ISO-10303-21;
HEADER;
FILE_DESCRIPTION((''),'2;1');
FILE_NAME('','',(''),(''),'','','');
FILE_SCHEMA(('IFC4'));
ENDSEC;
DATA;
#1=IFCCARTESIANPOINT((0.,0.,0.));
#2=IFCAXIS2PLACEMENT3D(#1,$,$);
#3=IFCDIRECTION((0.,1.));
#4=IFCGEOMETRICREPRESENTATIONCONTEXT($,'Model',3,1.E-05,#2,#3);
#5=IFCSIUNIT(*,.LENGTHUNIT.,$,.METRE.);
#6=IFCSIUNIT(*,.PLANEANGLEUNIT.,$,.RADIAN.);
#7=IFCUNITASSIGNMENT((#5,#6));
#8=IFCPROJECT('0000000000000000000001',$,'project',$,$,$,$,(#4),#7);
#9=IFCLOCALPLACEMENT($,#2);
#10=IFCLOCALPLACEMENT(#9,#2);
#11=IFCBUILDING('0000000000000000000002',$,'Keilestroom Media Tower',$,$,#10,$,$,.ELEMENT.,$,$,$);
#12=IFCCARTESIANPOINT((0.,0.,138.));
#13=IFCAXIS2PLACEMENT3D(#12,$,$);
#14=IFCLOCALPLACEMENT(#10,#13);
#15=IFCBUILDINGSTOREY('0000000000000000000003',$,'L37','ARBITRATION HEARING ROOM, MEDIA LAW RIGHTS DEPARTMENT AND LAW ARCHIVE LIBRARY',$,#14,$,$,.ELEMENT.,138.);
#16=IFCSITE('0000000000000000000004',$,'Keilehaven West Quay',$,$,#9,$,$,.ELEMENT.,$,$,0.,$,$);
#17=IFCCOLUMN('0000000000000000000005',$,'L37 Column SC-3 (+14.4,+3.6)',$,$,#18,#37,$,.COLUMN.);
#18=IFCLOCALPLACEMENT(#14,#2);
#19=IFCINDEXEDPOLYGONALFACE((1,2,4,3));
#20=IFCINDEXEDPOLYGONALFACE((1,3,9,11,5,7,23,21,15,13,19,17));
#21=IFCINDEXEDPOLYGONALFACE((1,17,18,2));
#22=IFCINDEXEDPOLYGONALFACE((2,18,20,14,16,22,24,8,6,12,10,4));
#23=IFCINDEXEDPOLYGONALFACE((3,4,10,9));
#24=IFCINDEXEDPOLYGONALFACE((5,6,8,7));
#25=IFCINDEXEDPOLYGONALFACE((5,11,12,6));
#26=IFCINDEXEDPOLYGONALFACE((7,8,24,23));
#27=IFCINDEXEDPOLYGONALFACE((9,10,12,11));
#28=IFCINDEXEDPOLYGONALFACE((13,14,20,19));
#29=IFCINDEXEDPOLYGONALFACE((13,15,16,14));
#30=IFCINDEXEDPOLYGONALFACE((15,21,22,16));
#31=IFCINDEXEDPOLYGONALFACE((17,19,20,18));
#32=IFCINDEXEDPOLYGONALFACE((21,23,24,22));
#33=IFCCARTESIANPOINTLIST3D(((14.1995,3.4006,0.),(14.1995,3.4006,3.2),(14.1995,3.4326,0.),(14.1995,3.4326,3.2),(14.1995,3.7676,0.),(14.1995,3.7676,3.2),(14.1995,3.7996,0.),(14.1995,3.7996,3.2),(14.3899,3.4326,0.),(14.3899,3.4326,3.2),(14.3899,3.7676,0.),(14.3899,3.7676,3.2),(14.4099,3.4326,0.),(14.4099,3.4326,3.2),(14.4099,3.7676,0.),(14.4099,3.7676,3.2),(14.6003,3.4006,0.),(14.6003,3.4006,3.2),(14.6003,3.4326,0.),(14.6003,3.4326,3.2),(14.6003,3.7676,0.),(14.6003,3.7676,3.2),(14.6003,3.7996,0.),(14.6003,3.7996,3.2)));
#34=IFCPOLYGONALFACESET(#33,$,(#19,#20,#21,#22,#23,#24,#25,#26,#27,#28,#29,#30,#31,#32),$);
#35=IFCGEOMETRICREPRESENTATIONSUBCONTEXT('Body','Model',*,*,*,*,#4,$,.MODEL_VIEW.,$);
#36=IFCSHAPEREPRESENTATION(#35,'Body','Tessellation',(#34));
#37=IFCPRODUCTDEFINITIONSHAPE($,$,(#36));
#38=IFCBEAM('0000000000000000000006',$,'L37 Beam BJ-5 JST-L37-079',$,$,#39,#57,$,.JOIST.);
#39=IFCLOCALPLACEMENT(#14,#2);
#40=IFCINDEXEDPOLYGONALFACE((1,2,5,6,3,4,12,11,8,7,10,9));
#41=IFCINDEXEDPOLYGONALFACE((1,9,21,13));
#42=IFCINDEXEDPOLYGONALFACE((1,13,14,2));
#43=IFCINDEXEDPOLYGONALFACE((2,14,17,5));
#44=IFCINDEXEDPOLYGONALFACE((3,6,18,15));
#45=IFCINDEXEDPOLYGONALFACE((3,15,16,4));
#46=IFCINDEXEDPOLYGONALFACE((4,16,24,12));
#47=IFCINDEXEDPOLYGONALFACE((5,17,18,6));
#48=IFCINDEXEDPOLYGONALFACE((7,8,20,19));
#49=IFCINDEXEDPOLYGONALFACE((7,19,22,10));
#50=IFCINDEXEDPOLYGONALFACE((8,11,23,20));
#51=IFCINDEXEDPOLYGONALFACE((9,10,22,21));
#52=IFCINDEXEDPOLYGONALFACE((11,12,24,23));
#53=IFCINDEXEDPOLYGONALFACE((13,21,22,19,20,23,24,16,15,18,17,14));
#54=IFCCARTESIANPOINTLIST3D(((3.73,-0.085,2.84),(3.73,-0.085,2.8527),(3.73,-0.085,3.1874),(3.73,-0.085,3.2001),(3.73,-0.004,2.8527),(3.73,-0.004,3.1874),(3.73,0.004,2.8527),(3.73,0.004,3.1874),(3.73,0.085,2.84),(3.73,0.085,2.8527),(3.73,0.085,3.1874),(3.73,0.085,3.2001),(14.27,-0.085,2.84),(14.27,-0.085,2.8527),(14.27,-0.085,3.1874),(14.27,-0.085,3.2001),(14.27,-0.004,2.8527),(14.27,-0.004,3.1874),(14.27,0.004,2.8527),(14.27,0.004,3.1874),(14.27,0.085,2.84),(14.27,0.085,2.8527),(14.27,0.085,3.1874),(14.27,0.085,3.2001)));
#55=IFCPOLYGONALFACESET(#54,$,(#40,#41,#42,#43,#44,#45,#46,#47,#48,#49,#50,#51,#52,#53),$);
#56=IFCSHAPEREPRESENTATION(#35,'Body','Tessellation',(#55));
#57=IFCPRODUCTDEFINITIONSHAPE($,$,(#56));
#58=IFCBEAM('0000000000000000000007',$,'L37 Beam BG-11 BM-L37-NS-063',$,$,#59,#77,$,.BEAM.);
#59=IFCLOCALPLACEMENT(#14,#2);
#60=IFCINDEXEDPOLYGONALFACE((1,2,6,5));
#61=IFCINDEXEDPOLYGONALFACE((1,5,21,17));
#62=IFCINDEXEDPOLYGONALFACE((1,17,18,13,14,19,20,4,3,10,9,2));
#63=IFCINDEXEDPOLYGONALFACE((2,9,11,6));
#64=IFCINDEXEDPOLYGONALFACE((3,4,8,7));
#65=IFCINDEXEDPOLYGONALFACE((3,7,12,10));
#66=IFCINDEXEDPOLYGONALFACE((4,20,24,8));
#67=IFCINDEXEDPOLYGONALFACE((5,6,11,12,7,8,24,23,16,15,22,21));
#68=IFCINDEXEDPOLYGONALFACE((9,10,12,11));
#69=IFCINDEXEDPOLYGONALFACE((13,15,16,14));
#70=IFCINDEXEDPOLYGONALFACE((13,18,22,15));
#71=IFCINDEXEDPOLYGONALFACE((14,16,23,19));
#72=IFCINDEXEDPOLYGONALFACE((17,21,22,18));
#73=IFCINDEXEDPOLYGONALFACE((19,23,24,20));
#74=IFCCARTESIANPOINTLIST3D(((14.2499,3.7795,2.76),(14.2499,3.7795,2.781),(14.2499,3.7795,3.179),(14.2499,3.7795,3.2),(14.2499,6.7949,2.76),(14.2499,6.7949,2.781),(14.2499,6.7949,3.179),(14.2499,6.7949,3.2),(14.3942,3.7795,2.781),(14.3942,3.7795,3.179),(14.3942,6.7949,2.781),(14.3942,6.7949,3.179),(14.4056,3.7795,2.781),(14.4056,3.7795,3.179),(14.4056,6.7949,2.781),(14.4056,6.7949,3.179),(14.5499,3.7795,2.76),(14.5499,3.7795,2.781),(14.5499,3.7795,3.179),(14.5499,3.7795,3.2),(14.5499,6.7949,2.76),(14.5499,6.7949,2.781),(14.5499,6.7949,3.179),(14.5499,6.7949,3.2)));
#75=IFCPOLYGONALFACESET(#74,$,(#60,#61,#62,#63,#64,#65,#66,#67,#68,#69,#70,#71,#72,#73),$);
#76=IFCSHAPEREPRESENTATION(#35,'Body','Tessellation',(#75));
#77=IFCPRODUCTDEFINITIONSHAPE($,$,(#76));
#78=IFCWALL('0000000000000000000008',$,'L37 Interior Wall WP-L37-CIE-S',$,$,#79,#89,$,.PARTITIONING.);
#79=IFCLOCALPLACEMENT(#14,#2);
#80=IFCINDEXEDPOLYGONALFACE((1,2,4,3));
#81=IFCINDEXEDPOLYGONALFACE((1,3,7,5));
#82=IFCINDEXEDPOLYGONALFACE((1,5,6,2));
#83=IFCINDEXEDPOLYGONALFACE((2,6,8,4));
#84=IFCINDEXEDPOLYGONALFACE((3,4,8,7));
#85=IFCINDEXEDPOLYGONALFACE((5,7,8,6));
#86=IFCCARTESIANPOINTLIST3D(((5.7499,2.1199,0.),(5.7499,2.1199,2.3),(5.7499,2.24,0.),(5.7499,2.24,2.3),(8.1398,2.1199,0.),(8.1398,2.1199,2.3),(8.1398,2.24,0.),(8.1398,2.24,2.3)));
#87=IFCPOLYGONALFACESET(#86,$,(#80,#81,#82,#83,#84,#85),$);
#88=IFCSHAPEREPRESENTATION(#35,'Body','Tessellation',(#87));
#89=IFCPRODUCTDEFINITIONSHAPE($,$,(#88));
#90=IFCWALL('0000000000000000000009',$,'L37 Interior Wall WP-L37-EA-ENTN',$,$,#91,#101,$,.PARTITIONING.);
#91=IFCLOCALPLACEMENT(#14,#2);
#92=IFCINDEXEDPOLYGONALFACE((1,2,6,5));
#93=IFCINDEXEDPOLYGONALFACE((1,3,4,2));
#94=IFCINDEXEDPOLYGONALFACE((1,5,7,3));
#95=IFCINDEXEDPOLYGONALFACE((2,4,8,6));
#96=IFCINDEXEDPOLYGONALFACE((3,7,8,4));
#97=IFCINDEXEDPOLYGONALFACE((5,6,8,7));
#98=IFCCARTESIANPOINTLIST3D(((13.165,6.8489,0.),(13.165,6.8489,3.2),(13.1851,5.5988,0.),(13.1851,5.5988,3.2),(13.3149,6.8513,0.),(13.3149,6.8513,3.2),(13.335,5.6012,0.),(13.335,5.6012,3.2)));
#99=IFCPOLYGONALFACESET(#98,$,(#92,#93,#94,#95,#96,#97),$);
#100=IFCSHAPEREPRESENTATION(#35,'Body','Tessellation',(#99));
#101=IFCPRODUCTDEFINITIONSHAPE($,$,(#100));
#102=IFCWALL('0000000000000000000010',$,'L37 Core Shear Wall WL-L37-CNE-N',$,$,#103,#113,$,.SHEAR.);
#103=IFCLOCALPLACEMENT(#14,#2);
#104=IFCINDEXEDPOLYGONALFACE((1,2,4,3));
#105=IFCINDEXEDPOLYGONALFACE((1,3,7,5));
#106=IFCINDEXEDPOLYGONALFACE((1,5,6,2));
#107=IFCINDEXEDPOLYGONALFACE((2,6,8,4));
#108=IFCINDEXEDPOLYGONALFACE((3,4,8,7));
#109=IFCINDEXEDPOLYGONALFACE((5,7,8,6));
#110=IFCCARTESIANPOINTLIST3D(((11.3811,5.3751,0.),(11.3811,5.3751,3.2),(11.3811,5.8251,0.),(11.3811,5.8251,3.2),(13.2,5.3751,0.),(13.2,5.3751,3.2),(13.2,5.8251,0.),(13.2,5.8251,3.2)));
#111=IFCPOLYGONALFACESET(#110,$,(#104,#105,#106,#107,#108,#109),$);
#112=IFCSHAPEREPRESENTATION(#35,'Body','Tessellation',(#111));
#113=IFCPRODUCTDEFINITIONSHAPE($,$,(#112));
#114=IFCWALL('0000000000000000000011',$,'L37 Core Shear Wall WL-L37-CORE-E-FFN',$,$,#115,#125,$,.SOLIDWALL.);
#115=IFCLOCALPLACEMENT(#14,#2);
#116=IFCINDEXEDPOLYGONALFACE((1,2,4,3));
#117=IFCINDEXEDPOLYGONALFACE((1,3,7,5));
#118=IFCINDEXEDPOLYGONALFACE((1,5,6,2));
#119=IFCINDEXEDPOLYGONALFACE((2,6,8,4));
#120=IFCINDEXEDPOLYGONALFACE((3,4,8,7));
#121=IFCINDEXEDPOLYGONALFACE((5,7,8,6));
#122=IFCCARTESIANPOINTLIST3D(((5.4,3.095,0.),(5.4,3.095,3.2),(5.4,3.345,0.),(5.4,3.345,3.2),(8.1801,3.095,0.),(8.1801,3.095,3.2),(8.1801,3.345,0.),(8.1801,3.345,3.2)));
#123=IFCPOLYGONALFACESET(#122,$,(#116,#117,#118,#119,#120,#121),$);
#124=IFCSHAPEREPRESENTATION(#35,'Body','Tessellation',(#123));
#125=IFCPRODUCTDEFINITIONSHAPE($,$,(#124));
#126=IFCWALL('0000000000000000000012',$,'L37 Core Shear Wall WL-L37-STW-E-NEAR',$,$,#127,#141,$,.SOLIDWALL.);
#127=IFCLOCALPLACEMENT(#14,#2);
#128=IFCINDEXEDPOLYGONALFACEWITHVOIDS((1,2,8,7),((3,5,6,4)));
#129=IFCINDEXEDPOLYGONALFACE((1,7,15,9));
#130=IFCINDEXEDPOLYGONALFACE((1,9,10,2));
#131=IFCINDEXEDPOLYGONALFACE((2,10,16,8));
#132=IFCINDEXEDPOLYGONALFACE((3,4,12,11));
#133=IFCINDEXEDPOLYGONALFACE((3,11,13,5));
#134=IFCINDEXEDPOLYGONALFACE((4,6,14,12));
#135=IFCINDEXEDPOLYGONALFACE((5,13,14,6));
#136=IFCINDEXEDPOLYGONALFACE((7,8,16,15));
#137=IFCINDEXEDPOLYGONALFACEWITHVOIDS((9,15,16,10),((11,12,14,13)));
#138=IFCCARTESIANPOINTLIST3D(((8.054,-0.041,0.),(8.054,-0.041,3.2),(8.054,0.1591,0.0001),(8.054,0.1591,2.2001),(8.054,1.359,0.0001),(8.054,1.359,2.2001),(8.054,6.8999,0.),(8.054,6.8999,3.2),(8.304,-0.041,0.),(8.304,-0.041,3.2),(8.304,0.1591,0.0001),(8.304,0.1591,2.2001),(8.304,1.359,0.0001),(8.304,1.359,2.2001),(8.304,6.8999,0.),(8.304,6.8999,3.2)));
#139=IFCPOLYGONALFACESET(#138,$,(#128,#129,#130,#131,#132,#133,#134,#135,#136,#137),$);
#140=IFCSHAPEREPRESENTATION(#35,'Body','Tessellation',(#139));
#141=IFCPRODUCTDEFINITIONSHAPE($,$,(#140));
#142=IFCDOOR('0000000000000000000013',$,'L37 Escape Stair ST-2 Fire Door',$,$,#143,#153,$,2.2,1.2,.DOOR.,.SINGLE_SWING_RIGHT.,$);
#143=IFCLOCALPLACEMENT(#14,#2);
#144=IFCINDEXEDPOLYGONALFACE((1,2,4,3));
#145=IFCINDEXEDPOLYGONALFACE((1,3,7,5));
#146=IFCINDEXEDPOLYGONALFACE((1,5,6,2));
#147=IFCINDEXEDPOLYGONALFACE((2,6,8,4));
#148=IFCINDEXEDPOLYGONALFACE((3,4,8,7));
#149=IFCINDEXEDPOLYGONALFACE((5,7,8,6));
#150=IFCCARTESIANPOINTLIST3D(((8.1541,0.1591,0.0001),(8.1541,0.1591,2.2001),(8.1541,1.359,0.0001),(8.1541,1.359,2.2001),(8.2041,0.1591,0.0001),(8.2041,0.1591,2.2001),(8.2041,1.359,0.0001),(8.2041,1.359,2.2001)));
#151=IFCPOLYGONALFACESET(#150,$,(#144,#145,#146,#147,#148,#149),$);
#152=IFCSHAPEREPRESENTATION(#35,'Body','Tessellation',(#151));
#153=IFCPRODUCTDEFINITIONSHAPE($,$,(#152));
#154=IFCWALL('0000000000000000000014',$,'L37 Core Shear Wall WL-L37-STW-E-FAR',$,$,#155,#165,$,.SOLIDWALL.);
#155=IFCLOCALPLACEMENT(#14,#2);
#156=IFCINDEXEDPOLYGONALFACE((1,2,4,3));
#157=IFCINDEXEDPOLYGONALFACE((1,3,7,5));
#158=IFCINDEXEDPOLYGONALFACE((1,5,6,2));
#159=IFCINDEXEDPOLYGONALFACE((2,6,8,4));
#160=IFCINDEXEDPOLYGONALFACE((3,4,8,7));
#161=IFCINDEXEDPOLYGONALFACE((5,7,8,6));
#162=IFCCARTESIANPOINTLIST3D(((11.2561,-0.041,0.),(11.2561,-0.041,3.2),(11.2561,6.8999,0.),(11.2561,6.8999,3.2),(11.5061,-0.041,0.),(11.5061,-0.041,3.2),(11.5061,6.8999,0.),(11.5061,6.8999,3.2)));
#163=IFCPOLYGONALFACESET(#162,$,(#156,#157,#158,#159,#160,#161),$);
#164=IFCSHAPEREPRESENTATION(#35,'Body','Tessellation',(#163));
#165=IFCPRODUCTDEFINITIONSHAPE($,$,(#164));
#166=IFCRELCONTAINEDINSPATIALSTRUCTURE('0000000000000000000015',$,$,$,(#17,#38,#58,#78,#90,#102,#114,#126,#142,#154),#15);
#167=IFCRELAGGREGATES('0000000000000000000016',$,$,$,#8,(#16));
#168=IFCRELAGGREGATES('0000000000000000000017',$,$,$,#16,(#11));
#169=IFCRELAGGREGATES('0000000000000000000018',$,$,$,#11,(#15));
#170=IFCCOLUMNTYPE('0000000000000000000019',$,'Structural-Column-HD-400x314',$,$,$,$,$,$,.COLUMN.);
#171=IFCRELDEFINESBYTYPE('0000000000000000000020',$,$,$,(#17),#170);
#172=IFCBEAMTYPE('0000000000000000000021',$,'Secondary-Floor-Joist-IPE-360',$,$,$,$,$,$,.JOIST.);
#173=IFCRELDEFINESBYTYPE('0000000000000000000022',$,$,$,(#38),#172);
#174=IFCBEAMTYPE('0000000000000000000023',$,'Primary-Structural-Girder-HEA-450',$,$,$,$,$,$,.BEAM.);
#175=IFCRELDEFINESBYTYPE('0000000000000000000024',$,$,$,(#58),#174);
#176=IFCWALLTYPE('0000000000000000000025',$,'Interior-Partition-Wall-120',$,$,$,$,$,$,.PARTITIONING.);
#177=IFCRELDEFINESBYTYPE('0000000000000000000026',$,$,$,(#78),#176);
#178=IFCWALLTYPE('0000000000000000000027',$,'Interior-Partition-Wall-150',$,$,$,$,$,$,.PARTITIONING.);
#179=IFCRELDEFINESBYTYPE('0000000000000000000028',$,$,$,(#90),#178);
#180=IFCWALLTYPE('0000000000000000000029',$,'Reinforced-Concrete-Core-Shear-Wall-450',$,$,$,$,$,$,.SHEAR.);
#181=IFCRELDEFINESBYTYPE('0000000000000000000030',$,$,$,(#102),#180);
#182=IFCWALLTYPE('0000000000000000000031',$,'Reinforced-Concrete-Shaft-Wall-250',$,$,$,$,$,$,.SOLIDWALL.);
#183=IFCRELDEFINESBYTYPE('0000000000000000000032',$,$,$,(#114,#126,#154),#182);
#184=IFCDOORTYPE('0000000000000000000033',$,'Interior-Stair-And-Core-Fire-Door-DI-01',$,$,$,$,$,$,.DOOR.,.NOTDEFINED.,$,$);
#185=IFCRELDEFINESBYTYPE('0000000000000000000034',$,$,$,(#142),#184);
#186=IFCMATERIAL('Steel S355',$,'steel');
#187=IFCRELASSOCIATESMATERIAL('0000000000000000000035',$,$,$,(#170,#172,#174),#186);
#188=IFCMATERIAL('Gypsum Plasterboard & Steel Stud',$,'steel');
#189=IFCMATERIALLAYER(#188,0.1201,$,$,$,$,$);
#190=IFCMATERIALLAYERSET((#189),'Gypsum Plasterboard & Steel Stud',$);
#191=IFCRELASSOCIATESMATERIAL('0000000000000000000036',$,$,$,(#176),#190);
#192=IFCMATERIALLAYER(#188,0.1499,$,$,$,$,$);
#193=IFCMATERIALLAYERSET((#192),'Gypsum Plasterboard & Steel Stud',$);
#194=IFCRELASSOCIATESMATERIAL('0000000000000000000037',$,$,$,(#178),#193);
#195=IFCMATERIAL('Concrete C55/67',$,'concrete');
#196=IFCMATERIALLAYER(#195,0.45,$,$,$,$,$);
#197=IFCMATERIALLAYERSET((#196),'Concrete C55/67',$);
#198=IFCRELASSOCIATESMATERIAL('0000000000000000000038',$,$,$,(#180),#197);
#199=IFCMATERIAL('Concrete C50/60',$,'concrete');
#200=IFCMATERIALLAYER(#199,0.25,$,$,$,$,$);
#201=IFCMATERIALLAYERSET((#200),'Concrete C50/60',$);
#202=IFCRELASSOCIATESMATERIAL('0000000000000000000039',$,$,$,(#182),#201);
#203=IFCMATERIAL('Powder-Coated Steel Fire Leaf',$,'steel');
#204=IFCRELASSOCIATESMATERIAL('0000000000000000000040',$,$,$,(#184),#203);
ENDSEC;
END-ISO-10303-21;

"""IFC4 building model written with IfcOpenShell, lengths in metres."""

from ifc_helpers import new_model, si_unit, direction, frame, frame_2d, origin, origin_2d, place, context, subcontext, project, spatial, rectangle, i_section, extrude, source, transform, mapped, material, layer, layer_set, material_profile, profile_set, type_object, element, fill, save


model = new_model("IFC4")

# Units and contexts
model_context = context("Model", 3, precision=1e-05, world=origin(), true_north=direction((0.0, 1.0)))
body_context = subcontext(model_context, "Body", "Model", "MODEL_VIEW")
ifc_project = project(units=[si_unit("LENGTHUNIT", "METRE"), si_unit("PLANEANGLEUNIT", "RADIAN")], contexts=[model_context])

# Site, building, storey
site_placement = place(None, origin())
site = spatial("IfcSite", under=ifc_project, at=site_placement, Name="Keilehaven West Quay", CompositionType="ELEMENT", RefElevation=0.0)
building_placement = place(site_placement, origin())
building = spatial("IfcBuilding", under=site, at=building_placement, Name="Keilestroom Media Tower", CompositionType="ELEMENT")
storey_placement = place(building_placement, frame((0.0, 0.0, 138.0)))
storey = spatial("IfcBuildingStorey", under=building, at=storey_placement, Name="L37", Description="ARBITRATION HEARING ROOM, MEDIA LAW RIGHTS DEPARTMENT AND LAW ARCHIVE LIBRARY", CompositionType="ELEMENT", Elevation=138.0)

# Column
ifc_material_1 = material(Name="Steel S355", Category="steel")
ifc_material_profile_1 = material_profile(ifc_material_1, i_section(OverallWidth=0.4009, OverallDepth=0.3989, WebThickness=0.02, FlangeThickness=0.032, at=origin_2d()), Name="HD 400x314")
ifc_profile_set_1 = profile_set([ifc_material_profile_1], Name="Steel S355")
column_type = type_object("IfcColumnType", Name="Structural-Column-HD-400x314", PredefinedType="COLUMN", material=ifc_profile_set_1)
shared_shape_1 = source(origin(), body_context, "Body", "SweptSolid", [
    extrude(i_section(OverallWidth=0.4009, OverallDepth=0.3989, WebThickness=0.02, FlangeThickness=0.032, at=origin_2d()), origin(), (0.0, 0.0, 1.0), 3.2),
])
column_placement = place(storey_placement, frame((14.3999, 3.6001, 0.0), z_axis=(0.0, 0.0, 1.0), x_axis=(1.0, 0.0, 0.0)))
element("IfcColumn", 1, at=column_placement, inside=storey, type_object=column_type, Name="L37 Column SC-3 (+14.4,+3.6)", PredefinedType="COLUMN", context=body_context, shape_type="MappedRepresentation", body=[
    mapped(shared_shape_1, transform((0.0, 0.0, 0.0), x_axis=(1.0, 0.0, 0.0), y_axis=(0.0, 1.0, 0.0), z_axis=(0.0, 0.0, 1.0), scale=1.0)),
])

# Beams
ifc_material_profile_2 = material_profile(ifc_material_1, i_section(OverallWidth=0.1699, OverallDepth=0.3601, WebThickness=0.0081, FlangeThickness=0.0127, at=origin_2d()), Name="IPE 360")
ifc_profile_set_2 = profile_set([ifc_material_profile_2], Name="Steel S355")
beam_type_1 = type_object("IfcBeamType", Name="Secondary-Floor-Joist-IPE-360", PredefinedType="JOIST", material=ifc_profile_set_2)
shared_shape_2 = source(origin(), body_context, "Body", "SweptSolid", [
    extrude(i_section(OverallWidth=0.1699, OverallDepth=0.3601, WebThickness=0.0081, FlangeThickness=0.0127, at=origin_2d()), origin(), (0.0, 0.0, 1.0), 10.54),
])
beam_1_placement = place(storey_placement, frame((3.73, 0.0, 3.02), z_axis=(1.0, 0.0, 0.0), x_axis=(0.0, 1.0, 0.0)))
element("IfcBeam", 2, at=beam_1_placement, inside=storey, type_object=beam_type_1, Name="L37 Beam BJ-5 JST-L37-079", PredefinedType="JOIST", context=body_context, shape_type="MappedRepresentation", body=[
    mapped(shared_shape_2, transform((0.0, 0.0, 0.0), x_axis=(1.0, 0.0, 0.0), y_axis=(0.0, 1.0, 0.0), z_axis=(0.0, 0.0, 1.0), scale=1.0)),
])
ifc_material_profile_3 = material_profile(ifc_material_1, i_section(OverallWidth=0.3, OverallDepth=0.4399, WebThickness=0.0115, FlangeThickness=0.021, at=origin_2d()), Name="HEA 450")
ifc_profile_set_3 = profile_set([ifc_material_profile_3], Name="Steel S355")
beam_type_2 = type_object("IfcBeamType", Name="Primary-Structural-Girder-HEA-450", PredefinedType="BEAM", material=ifc_profile_set_3)
shared_shape_3 = source(origin(), body_context, "Body", "SweptSolid", [
    extrude(i_section(OverallWidth=0.3, OverallDepth=0.4399, WebThickness=0.0115, FlangeThickness=0.021, at=origin_2d()), origin(), (0.0, 0.0, 1.0), 3.0154),
])
beam_2_placement = place(storey_placement, frame((14.3999, 3.7795, 2.98), z_axis=(0.0, 1.0, 0.0), x_axis=(-1.0, 0.0, 0.0)))
element("IfcBeam", 3, at=beam_2_placement, inside=storey, type_object=beam_type_2, Name="L37 Beam BG-11 BM-L37-NS-063", PredefinedType="BEAM", context=body_context, shape_type="MappedRepresentation", body=[
    mapped(shared_shape_3, transform((0.0, 0.0, 0.0), x_axis=(1.0, 0.0, 0.0), y_axis=(0.0, 1.0, 0.0), z_axis=(0.0, 0.0, 1.0), scale=1.0)),
])

# Walls
ifc_material_2 = material(Name="Gypsum Plasterboard & Steel Stud", Category="steel")
ifc_layer_1 = layer(ifc_material_2, 0.1201)
ifc_layer_set_1 = layer_set([ifc_layer_1], Name="Gypsum Plasterboard & Steel Stud")
wall_type_1 = type_object("IfcWallType", Name="Interior-Partition-Wall-120", PredefinedType="PARTITIONING", material=ifc_layer_set_1)
wall_1_placement = place(storey_placement, frame((5.75, 2.1799, 0.0), z_axis=(0.0, 0.0, 1.0), x_axis=(1.0, 0.0, 0.0)))
element("IfcWall", 4, at=wall_1_placement, inside=storey, type_object=wall_type_1, Name="L37 Interior Wall WP-L37-CIE-S", PredefinedType="PARTITIONING", context=body_context, shape_type="SweptSolid", body=[
    extrude(rectangle(XDim=2.3899, YDim=0.1201, at=frame_2d((1.1948, 0.0))), origin(), (0.0, 0.0, 1.0), 2.3),
])
ifc_layer_2 = layer(ifc_material_2, 0.1499)
ifc_layer_set_2 = layer_set([ifc_layer_2], Name="Gypsum Plasterboard & Steel Stud")
wall_type_2 = type_object("IfcWallType", Name="Interior-Partition-Wall-150", PredefinedType="PARTITIONING", material=ifc_layer_set_2)
wall_2_placement = place(storey_placement, frame((13.26, 5.6001, 0.0), z_axis=(0.0, 0.0, 1.0), x_axis=(-0.016014, 0.999872, 0.0)))
element("IfcWall", 5, at=wall_2_placement, inside=storey, type_object=wall_type_2, Name="L37 Interior Wall WP-L37-EA-ENTN", PredefinedType="PARTITIONING", context=body_context, shape_type="SweptSolid", body=[
    extrude(rectangle(XDim=1.2502, YDim=0.1499, at=frame_2d((0.625, 0.0))), origin(), (0.0, 0.0, 1.0), 3.2),
])
ifc_material_3 = material(Name="Concrete C55/67", Category="concrete")
ifc_layer_3 = layer(ifc_material_3, 0.45)
ifc_layer_set_3 = layer_set([ifc_layer_3], Name="Concrete C55/67")
wall_type_3 = type_object("IfcWallType", Name="Reinforced-Concrete-Core-Shear-Wall-450", PredefinedType="SHEAR", material=ifc_layer_set_3)
wall_3_placement = place(storey_placement, frame((11.3811, 5.6001, 0.0), z_axis=(0.0, 0.0, 1.0), x_axis=(1.0, 0.0, 0.0)))
element("IfcWall", 6, at=wall_3_placement, inside=storey, type_object=wall_type_3, Name="L37 Core Shear Wall WL-L37-CNE-N", PredefinedType="SHEAR", context=body_context, shape_type="SweptSolid", body=[
    extrude(rectangle(XDim=1.8188, YDim=0.45, at=frame_2d((0.9094, 0.0))), origin(), (0.0, 0.0, 1.0), 3.2),
])
ifc_material_4 = material(Name="Concrete C50/60", Category="concrete")
ifc_layer_4 = layer(ifc_material_4, 0.25)
ifc_layer_set_4 = layer_set([ifc_layer_4], Name="Concrete C50/60")
wall_type_4 = type_object("IfcWallType", Name="Reinforced-Concrete-Shaft-Wall-250", PredefinedType="SOLIDWALL", material=ifc_layer_set_4)
wall_4_placement = place(storey_placement, frame((5.3999, 3.22, 0.0), z_axis=(0.0, 0.0, 1.0), x_axis=(1.0, 0.0, 0.0)))
element("IfcWall", 7, at=wall_4_placement, inside=storey, type_object=wall_type_4, Name="L37 Core Shear Wall WL-L37-CORE-E-FFN", PredefinedType="SOLIDWALL", context=body_context, shape_type="SweptSolid", body=[
    extrude(rectangle(XDim=2.78, YDim=0.25, at=frame_2d((1.3901, 0.0))), origin(), (0.0, 0.0, 1.0), 3.2),
])

# Wall, opening, door
wall_5_placement = place(storey_placement, frame((8.179, -0.041, 0.0), z_axis=(0.0, 0.0, 1.0), x_axis=(0.0, 1.0, 0.0)))
wall_5 = element("IfcWall", 8, at=wall_5_placement, inside=storey, type_object=wall_type_4, Name="L37 Core Shear Wall WL-L37-STW-E-NEAR", PredefinedType="SOLIDWALL", context=body_context, shape_type="SweptSolid", body=[
    extrude(rectangle(XDim=6.9409, YDim=0.25, at=frame_2d((3.4705, 0.0))), origin(), (0.0, 0.0, 1.0), 3.2),
])
opening_placement = place(wall_5_placement, frame((0.2, 0.0, 0.0)))
opening = element("IfcOpeningElement", 9, at=opening_placement, cuts=wall_5, PredefinedType="OPENING", context=body_context, shape_type="SweptSolid", body=[
    extrude(rectangle(XDim=1.2, YDim=2.2, at=frame_2d((0.6001, 1.1001))), frame((0.0, 0.135, 0.0), z_axis=(0.0, -1.0, 0.0), x_axis=(1.0, 0.0, 0.0)), (0.0, 0.0, 1.0), 0.27),
])
ifc_material_5 = material(Name="Powder-Coated Steel Fire Leaf", Category="steel")
door_type = type_object("IfcDoorType", Name="Interior-Stair-And-Core-Fire-Door-DI-01", OperationType="NOTDEFINED", PredefinedType="DOOR", material=ifc_material_5)
shared_shape_4 = source(origin(), body_context, "Body", "SweptSolid", [
    extrude(rectangle(XDim=1.2, YDim=2.2, at=frame_2d((0.6001, 1.1001))), frame((0.0, 0.0249, 0.0), z_axis=(0.0, -1.0, 0.0), x_axis=(1.0, 0.0, 0.0)), (0.0, 0.0, 1.0), 0.05),
])
door_placement = place(opening_placement, origin())
door = element("IfcDoor", 10, at=door_placement, inside=storey, type_object=door_type, Name="L37 Escape Stair ST-2 Fire Door", OperationType="SINGLE_SWING_RIGHT", OverallHeight=2.2, OverallWidth=1.2, PredefinedType="DOOR", context=body_context, shape_type="MappedRepresentation", body=[
    mapped(shared_shape_4, transform((0.0, 0.0, 0.0), x_axis=(1.0, 0.0, 0.0), y_axis=(0.0, 1.0, 0.0), z_axis=(0.0, 0.0, 1.0), scale=1.0)),
])
fill(opening, door)

# Wall
wall_6_placement = place(storey_placement, frame((11.3811, -0.041, 0.0), z_axis=(0.0, 0.0, 1.0), x_axis=(0.0, 1.0, 0.0)))
element("IfcWall", 11, at=wall_6_placement, inside=storey, type_object=wall_type_4, Name="L37 Core Shear Wall WL-L37-STW-E-FAR", PredefinedType="SOLIDWALL", context=body_context, shape_type="SweptSolid", body=[
    extrude(rectangle(XDim=6.9409, YDim=0.25, at=frame_2d((3.4705, 0.0))), origin(), (0.0, 0.0, 1.0), 3.2),
])

save(model, "model.ifc")
